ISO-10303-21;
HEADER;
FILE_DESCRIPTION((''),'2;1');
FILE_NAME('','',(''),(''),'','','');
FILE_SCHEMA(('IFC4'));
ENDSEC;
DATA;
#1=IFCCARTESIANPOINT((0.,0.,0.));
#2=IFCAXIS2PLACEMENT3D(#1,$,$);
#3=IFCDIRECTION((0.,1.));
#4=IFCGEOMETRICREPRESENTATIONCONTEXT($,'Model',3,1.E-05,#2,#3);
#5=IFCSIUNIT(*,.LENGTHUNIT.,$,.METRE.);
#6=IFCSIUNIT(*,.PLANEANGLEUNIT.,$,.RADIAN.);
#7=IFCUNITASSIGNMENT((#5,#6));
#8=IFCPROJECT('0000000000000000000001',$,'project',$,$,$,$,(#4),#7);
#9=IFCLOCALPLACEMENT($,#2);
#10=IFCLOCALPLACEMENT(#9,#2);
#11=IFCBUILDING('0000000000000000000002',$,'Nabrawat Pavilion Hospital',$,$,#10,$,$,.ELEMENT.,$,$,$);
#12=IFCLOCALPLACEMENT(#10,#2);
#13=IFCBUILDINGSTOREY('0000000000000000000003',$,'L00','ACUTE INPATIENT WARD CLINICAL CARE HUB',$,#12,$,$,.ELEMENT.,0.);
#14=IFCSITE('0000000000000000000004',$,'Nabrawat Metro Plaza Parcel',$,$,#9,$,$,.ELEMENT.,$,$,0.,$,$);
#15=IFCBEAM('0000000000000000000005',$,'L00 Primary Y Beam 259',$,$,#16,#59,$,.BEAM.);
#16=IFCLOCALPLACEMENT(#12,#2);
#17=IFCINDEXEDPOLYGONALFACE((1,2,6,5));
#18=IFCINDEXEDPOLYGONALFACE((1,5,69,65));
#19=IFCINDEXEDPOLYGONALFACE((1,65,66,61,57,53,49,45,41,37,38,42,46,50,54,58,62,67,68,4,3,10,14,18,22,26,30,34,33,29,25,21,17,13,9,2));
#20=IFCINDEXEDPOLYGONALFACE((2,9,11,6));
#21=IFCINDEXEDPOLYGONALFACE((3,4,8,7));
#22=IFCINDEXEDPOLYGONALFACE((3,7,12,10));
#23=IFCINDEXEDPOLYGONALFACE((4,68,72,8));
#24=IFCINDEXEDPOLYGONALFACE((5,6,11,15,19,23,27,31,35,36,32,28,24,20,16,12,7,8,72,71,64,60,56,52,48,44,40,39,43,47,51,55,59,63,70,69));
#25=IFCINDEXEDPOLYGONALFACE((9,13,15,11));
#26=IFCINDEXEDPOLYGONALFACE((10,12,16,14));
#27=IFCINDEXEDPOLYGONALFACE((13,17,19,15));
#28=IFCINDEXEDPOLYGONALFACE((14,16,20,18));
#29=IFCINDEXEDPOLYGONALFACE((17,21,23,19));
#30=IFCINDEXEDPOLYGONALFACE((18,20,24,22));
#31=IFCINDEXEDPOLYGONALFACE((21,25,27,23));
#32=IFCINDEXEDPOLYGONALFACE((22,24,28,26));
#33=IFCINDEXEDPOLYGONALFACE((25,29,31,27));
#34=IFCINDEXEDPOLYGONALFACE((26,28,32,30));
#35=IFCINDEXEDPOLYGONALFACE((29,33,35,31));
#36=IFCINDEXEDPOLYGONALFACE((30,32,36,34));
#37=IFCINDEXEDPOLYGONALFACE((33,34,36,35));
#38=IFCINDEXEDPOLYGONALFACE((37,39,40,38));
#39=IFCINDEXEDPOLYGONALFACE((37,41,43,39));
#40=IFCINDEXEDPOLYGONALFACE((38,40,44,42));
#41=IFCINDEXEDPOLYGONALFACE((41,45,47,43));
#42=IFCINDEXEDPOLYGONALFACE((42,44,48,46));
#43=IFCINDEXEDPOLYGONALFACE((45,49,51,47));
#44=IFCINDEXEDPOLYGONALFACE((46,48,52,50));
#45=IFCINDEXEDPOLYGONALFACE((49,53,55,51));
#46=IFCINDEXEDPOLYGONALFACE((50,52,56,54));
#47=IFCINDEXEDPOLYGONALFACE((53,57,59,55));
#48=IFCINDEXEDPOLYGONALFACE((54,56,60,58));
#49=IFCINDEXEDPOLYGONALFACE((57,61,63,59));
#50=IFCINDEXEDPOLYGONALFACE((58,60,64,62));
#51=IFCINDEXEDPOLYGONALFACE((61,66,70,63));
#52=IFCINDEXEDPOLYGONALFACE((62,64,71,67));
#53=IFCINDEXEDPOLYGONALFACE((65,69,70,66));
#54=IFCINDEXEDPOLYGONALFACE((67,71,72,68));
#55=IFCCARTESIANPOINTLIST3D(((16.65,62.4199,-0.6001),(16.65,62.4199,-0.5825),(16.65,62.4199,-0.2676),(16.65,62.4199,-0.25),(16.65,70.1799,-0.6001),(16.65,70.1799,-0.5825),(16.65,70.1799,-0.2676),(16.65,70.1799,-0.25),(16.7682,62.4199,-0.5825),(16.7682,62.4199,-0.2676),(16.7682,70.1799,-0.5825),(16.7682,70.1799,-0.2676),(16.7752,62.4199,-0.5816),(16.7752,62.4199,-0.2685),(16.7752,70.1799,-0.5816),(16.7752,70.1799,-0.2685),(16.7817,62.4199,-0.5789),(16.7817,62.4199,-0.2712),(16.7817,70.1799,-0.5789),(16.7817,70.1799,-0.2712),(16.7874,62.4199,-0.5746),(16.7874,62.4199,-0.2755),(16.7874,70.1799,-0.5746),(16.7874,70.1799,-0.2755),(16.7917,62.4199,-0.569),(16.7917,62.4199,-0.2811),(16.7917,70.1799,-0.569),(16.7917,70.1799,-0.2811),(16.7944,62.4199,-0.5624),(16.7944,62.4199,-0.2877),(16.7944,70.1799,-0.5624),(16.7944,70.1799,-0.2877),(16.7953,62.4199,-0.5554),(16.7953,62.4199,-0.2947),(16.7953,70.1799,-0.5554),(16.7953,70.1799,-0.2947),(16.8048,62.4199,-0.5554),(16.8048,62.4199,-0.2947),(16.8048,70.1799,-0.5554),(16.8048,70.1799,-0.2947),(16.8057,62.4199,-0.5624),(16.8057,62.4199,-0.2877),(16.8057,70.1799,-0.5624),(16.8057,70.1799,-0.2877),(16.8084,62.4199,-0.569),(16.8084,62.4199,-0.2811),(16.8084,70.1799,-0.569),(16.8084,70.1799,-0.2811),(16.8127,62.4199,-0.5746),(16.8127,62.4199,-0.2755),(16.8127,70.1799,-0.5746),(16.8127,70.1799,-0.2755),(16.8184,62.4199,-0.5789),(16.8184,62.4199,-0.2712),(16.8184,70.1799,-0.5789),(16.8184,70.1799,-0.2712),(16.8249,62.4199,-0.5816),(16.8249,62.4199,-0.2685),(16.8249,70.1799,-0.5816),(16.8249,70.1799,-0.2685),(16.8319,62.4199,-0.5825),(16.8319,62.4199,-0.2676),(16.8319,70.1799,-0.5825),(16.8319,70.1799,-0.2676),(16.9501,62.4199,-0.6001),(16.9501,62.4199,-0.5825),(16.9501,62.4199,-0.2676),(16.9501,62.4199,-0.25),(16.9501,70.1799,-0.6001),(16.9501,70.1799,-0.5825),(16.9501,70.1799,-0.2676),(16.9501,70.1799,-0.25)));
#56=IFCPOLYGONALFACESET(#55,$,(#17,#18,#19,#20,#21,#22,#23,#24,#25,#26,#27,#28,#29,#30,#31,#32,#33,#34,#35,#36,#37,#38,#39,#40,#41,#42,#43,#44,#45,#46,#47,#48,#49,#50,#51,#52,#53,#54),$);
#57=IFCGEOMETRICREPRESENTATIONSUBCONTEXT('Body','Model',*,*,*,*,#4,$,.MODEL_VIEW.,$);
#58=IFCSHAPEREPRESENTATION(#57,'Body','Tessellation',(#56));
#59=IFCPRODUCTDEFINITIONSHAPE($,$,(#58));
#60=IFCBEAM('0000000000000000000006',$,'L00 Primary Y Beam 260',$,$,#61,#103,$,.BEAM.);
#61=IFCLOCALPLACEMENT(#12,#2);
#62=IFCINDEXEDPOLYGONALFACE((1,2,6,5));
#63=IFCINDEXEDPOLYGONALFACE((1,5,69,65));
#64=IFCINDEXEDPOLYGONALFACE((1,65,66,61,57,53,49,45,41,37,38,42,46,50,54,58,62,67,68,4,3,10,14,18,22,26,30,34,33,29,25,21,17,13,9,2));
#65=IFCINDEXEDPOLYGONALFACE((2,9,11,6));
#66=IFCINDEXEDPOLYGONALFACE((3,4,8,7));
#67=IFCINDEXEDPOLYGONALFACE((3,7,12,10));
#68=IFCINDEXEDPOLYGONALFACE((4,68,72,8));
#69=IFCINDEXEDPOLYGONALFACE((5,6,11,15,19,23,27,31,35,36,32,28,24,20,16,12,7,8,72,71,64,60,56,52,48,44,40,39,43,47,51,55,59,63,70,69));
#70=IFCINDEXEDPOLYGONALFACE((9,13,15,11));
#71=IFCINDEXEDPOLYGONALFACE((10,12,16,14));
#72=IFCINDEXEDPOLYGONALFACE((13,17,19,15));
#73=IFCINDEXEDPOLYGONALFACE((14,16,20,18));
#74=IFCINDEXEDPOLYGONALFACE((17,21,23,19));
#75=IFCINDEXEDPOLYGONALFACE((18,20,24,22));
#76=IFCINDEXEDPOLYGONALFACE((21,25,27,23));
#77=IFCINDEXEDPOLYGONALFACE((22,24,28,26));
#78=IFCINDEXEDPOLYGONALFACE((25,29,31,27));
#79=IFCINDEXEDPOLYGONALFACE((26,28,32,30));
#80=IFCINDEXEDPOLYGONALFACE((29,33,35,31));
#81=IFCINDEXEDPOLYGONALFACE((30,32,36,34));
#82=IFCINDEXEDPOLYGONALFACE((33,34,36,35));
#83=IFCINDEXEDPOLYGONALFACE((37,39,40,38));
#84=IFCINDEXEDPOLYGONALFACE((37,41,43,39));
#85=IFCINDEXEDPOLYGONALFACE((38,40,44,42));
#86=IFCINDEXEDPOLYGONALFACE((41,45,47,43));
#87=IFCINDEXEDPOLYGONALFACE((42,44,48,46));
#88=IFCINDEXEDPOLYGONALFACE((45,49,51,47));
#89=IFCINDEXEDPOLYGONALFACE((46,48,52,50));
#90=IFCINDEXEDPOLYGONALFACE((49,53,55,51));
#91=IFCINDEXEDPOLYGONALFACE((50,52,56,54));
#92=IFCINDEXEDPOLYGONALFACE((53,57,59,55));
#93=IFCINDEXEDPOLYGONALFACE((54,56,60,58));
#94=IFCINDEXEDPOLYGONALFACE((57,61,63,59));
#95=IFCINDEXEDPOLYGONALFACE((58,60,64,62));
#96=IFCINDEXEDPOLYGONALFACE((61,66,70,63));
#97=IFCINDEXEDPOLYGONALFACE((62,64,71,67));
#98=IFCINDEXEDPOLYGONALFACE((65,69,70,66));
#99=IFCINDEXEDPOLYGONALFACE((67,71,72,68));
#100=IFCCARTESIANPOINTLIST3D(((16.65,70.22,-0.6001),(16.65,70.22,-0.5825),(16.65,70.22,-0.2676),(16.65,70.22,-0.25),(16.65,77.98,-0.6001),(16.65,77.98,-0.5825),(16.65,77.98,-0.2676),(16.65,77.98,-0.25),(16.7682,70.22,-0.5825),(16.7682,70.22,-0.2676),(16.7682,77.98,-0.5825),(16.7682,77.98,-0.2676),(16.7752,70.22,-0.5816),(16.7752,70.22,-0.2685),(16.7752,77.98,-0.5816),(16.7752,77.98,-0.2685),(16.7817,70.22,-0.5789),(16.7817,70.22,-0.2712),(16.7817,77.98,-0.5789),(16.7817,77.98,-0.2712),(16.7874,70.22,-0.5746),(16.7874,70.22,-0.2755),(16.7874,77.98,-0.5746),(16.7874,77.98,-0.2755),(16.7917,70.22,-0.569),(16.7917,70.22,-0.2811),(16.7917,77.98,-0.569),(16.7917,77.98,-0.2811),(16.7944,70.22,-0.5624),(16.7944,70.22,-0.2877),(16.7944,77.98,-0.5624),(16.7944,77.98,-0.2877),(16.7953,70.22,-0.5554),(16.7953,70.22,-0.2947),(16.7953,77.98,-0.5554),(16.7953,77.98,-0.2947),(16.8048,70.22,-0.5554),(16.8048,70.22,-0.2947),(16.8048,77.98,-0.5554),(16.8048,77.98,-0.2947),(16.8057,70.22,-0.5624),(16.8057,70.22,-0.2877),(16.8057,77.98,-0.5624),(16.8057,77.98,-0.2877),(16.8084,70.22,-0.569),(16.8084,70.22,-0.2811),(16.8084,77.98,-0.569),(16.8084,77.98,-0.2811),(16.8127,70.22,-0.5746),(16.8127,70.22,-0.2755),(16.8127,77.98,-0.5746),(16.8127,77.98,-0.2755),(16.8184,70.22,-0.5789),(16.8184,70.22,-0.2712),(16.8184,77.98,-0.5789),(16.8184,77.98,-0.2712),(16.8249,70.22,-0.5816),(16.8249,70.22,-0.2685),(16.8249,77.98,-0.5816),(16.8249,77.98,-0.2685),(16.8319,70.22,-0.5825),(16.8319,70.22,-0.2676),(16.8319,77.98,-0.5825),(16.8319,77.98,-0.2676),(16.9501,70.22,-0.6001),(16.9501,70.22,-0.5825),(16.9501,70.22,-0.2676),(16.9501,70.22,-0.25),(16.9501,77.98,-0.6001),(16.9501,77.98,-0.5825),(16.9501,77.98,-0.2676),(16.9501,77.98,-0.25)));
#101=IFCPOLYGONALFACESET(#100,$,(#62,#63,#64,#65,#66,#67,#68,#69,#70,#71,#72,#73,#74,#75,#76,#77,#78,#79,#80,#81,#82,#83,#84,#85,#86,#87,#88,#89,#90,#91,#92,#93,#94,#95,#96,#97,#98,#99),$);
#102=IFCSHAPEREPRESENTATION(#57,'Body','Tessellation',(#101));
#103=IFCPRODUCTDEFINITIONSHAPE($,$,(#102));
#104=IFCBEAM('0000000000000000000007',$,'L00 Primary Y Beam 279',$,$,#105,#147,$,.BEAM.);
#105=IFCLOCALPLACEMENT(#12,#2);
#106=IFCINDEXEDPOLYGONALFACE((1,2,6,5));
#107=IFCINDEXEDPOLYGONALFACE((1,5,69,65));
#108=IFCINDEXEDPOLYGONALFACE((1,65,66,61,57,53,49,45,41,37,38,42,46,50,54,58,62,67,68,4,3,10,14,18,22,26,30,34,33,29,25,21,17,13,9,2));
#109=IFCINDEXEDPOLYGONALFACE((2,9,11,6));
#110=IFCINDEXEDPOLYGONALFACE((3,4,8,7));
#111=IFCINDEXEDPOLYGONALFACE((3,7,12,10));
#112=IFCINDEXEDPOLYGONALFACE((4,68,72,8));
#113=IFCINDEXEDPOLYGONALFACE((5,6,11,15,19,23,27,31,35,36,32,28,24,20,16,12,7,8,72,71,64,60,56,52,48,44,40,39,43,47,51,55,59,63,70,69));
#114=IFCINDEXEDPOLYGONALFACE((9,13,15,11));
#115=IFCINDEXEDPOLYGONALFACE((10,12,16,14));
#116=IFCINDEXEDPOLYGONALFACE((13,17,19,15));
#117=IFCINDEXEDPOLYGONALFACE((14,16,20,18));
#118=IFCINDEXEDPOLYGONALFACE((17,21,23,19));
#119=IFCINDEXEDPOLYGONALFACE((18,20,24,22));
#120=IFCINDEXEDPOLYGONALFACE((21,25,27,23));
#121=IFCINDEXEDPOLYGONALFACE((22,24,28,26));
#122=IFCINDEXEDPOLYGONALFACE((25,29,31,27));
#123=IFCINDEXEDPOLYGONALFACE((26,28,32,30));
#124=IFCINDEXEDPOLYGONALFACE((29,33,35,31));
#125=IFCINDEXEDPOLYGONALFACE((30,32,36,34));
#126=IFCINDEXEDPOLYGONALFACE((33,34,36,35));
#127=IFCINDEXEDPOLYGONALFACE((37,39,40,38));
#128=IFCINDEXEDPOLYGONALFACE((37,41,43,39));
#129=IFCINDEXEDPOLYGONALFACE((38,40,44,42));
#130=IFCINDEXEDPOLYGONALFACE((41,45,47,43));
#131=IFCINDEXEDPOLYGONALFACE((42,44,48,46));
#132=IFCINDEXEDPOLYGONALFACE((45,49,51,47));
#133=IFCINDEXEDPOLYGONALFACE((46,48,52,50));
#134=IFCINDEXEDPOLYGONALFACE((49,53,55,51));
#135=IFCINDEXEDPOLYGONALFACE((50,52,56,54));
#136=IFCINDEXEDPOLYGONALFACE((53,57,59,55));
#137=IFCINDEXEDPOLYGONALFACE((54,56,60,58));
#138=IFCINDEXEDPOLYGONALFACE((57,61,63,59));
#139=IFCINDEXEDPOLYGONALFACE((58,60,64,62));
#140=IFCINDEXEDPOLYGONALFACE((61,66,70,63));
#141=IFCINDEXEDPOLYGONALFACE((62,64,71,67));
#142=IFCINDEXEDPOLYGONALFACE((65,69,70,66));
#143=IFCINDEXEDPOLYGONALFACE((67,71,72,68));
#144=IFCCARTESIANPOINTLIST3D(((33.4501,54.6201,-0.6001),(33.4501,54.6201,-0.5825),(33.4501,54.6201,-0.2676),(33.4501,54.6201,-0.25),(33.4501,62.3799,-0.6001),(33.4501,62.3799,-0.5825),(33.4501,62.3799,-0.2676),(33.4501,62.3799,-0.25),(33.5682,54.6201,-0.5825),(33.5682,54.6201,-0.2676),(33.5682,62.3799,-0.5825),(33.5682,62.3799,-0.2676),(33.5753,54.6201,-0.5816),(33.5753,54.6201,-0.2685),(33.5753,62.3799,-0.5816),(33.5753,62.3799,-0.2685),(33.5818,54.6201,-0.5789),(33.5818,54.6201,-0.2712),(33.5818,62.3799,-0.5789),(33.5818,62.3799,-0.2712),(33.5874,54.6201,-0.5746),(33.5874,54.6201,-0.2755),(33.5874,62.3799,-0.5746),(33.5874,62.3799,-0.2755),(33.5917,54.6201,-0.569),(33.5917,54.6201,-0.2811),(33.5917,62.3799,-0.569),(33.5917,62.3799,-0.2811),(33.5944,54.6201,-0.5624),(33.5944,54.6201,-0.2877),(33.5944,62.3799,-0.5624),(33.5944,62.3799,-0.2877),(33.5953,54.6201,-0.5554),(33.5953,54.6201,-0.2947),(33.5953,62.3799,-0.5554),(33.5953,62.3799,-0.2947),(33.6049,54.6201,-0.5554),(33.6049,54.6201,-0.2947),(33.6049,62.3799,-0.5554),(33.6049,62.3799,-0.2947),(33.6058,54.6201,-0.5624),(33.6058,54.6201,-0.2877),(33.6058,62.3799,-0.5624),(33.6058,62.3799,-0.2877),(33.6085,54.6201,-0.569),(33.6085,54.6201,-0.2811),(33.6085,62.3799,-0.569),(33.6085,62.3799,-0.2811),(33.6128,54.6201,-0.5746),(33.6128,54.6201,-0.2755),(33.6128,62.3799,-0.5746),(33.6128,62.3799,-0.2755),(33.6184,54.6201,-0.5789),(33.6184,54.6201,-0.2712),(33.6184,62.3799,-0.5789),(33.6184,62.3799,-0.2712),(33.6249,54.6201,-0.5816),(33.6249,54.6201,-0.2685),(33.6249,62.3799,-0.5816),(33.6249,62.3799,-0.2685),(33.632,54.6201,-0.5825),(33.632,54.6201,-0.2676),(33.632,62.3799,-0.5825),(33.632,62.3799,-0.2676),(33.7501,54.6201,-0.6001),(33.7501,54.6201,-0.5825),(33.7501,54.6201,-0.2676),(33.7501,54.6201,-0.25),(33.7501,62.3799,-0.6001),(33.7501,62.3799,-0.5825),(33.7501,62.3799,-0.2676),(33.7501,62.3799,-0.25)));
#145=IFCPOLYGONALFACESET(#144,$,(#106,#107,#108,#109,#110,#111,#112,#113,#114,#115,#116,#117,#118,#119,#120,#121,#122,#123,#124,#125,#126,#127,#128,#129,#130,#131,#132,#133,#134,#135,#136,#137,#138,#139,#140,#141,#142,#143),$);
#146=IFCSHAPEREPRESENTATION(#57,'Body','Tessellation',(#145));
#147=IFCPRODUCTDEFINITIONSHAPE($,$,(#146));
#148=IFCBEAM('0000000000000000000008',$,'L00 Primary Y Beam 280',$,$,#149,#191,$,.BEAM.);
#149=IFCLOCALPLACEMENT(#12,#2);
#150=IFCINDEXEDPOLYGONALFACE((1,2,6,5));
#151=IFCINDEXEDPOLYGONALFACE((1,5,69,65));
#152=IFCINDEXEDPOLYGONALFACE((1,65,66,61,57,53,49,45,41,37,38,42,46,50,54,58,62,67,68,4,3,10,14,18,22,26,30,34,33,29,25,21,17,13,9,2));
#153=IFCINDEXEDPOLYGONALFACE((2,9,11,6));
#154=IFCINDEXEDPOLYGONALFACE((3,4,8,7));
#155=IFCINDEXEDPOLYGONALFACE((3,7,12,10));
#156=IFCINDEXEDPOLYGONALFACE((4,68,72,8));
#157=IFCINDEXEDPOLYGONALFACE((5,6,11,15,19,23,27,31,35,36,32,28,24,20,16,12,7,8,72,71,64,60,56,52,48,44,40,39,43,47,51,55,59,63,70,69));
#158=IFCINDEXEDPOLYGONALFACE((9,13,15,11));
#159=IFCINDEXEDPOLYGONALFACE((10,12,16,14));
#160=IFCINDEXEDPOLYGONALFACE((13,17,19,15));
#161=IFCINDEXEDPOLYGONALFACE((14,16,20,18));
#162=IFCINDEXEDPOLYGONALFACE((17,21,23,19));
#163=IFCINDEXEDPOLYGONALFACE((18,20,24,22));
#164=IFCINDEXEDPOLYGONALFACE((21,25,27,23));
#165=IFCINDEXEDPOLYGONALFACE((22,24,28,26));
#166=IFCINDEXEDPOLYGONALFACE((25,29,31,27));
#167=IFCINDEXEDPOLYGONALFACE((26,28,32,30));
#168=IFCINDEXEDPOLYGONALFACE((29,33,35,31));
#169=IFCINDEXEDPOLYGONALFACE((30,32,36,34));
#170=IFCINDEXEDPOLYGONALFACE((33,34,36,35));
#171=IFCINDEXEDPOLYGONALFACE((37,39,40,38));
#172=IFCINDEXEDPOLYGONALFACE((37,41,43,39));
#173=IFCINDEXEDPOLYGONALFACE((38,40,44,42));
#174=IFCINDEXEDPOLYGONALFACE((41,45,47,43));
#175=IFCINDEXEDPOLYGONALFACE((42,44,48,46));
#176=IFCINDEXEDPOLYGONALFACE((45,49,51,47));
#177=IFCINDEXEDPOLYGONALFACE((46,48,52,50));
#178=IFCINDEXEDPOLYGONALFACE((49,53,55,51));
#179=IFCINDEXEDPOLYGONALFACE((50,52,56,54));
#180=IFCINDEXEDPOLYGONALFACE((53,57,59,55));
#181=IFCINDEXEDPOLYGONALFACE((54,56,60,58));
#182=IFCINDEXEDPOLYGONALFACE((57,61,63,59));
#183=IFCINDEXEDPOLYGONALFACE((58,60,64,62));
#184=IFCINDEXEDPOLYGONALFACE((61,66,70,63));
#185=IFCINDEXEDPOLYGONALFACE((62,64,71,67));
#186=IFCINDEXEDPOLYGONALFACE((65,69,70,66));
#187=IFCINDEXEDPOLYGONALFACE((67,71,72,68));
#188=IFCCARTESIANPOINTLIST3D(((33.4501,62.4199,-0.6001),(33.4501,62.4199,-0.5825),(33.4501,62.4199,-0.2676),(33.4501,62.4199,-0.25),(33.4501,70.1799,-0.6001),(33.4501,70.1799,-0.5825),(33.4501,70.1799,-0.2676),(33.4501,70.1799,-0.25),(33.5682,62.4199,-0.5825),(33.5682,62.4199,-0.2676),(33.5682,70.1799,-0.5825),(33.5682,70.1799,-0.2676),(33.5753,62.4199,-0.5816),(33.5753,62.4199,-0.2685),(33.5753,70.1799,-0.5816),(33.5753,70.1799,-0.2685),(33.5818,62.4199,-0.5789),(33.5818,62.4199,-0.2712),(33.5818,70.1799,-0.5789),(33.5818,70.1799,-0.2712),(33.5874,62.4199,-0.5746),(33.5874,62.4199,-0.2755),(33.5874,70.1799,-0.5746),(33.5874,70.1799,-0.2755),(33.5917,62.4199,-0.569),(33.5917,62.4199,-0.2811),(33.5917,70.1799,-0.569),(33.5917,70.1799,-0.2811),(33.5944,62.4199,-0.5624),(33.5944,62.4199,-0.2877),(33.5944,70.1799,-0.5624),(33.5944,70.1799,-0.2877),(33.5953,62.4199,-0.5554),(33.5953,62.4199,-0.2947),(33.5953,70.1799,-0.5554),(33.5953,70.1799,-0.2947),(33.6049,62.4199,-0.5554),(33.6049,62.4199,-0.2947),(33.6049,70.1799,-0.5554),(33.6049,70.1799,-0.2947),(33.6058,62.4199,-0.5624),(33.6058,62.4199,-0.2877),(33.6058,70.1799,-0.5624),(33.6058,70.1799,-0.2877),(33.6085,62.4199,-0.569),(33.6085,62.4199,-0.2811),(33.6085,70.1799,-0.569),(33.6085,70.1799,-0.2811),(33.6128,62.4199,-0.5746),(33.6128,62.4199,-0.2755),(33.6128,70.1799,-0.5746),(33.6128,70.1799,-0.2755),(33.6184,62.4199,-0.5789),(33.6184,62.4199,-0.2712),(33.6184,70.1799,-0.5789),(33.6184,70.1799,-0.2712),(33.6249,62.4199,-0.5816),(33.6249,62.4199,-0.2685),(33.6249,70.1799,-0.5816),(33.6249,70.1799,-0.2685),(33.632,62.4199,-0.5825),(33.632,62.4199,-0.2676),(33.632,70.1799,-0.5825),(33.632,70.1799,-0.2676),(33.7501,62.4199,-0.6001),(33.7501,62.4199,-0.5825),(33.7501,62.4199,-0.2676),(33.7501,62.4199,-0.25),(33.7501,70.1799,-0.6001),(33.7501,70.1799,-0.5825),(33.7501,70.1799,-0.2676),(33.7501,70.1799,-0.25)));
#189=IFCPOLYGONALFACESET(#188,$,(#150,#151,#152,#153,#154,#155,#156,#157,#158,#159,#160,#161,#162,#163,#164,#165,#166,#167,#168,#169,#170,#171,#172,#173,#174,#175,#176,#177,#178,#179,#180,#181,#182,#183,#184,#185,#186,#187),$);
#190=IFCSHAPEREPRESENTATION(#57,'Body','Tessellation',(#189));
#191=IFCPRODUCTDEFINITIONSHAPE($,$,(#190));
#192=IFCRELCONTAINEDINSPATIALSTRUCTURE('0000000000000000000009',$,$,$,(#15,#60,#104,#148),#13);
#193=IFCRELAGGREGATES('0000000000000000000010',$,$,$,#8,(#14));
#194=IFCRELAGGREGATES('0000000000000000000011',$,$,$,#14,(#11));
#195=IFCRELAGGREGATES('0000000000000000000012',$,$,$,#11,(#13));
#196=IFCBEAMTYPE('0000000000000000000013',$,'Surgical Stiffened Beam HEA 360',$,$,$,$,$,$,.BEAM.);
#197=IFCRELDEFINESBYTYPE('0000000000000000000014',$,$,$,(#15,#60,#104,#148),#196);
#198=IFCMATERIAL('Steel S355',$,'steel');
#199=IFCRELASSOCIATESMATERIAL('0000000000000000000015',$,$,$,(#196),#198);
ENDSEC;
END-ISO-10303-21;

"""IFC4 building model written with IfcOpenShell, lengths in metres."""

from ifc_helpers import new_model, si_unit, direction, frame, origin, origin_2d, place, context, subcontext, project, spatial, i_section, extrude, material, material_profile, profile_set, type_object, element, save


model = new_model("IFC4")

# Units and contexts
model_context = context("Model", 3, precision=1e-05, world=origin(), true_north=direction((0.0, 1.0)))
body_context = subcontext(model_context, "Body", "Model", "MODEL_VIEW")
ifc_project = project(units=[si_unit("LENGTHUNIT", "METRE"), si_unit("PLANEANGLEUNIT", "RADIAN")], contexts=[model_context])

# Site, building, storey
site_placement = place(None, origin())
site = spatial("IfcSite", under=ifc_project, at=site_placement, Name="Nabrawat Metro Plaza Parcel", CompositionType="ELEMENT", RefElevation=0.0)
building_placement = place(site_placement, origin())
building = spatial("IfcBuilding", under=site, at=building_placement, Name="Nabrawat Pavilion Hospital", CompositionType="ELEMENT")
storey_placement = place(building_placement, origin())
storey = spatial("IfcBuildingStorey", under=building, at=storey_placement, Name="L00", Description="ACUTE INPATIENT WARD CLINICAL CARE HUB", CompositionType="ELEMENT", Elevation=0.0)

# Shared definitions
ifc_material_1 = material(Name="Steel S355", Category="steel")

# Beams
ifc_material_profile_1 = material_profile(ifc_material_1, i_section(OverallWidth=0.3, OverallDepth=0.3501, WebThickness=0.0095, FlangeThickness=0.0176, FilletRadius=0.0271, at=origin_2d()), Name="HEA 360")
ifc_profile_set_1 = profile_set([ifc_material_profile_1], Name="Steel S355")
beam_type_1 = type_object("IfcBeamType", Name="Surgical Stiffened Beam HEA 360", PredefinedType="BEAM", material=ifc_profile_set_1)
for number, where, z_axis, x_axis, name in (
    (1, (16.8, 62.4199, -0.425), (0.0, 1.0, 0.0), (-1.0, 0.0, 0.0), "L00 Primary Y Beam 259"),
    (2, (16.8, 70.22, -0.425), (0.0, 1.0, 0.0), (-1.0, 0.0, 0.0), "L00 Primary Y Beam 260"),
):
    element("IfcBeam", number, at=place(storey_placement, frame(where, z_axis=z_axis, x_axis=x_axis)), inside=storey, type_object=beam_type_1, Name=name, PredefinedType="BEAM", context=body_context, shape_type="SweptSolid", body=[
        extrude(i_section(OverallWidth=0.3, OverallDepth=0.3501, WebThickness=0.0095, FlangeThickness=0.0176, FilletRadius=0.0271, at=origin_2d()), origin(), (0.0, 0.0, 1.0), 7.76),
    ])
beam_1_placement = place(storey_placement, frame((33.6001, 54.6201, -0.425), z_axis=(0.0, 1.0, 0.0), x_axis=(-1.0, 0.0, 0.0)))
element("IfcBeam", 3, at=beam_1_placement, inside=storey, type_object=beam_type_1, Name="L00 Primary Y Beam 279", PredefinedType="BEAM", context=body_context, shape_type="SweptSolid", body=[
    extrude(i_section(OverallWidth=0.3, OverallDepth=0.3501, WebThickness=0.0095, FlangeThickness=0.0176, FilletRadius=0.0271, at=origin_2d()), origin(), (0.0, 0.0, 1.0), 7.7598),
])
beam_2_placement = place(storey_placement, frame((33.6001, 62.4199, -0.425), z_axis=(0.0, 1.0, 0.0), x_axis=(-1.0, 0.0, 0.0)))
element("IfcBeam", 4, at=beam_2_placement, inside=storey, type_object=beam_type_1, Name="L00 Primary Y Beam 280", PredefinedType="BEAM", context=body_context, shape_type="SweptSolid", body=[
    extrude(i_section(OverallWidth=0.3, OverallDepth=0.3501, WebThickness=0.0095, FlangeThickness=0.0176, FilletRadius=0.0271, at=origin_2d()), origin(), (0.0, 0.0, 1.0), 7.76),
])

save(model, "model.ifc")
